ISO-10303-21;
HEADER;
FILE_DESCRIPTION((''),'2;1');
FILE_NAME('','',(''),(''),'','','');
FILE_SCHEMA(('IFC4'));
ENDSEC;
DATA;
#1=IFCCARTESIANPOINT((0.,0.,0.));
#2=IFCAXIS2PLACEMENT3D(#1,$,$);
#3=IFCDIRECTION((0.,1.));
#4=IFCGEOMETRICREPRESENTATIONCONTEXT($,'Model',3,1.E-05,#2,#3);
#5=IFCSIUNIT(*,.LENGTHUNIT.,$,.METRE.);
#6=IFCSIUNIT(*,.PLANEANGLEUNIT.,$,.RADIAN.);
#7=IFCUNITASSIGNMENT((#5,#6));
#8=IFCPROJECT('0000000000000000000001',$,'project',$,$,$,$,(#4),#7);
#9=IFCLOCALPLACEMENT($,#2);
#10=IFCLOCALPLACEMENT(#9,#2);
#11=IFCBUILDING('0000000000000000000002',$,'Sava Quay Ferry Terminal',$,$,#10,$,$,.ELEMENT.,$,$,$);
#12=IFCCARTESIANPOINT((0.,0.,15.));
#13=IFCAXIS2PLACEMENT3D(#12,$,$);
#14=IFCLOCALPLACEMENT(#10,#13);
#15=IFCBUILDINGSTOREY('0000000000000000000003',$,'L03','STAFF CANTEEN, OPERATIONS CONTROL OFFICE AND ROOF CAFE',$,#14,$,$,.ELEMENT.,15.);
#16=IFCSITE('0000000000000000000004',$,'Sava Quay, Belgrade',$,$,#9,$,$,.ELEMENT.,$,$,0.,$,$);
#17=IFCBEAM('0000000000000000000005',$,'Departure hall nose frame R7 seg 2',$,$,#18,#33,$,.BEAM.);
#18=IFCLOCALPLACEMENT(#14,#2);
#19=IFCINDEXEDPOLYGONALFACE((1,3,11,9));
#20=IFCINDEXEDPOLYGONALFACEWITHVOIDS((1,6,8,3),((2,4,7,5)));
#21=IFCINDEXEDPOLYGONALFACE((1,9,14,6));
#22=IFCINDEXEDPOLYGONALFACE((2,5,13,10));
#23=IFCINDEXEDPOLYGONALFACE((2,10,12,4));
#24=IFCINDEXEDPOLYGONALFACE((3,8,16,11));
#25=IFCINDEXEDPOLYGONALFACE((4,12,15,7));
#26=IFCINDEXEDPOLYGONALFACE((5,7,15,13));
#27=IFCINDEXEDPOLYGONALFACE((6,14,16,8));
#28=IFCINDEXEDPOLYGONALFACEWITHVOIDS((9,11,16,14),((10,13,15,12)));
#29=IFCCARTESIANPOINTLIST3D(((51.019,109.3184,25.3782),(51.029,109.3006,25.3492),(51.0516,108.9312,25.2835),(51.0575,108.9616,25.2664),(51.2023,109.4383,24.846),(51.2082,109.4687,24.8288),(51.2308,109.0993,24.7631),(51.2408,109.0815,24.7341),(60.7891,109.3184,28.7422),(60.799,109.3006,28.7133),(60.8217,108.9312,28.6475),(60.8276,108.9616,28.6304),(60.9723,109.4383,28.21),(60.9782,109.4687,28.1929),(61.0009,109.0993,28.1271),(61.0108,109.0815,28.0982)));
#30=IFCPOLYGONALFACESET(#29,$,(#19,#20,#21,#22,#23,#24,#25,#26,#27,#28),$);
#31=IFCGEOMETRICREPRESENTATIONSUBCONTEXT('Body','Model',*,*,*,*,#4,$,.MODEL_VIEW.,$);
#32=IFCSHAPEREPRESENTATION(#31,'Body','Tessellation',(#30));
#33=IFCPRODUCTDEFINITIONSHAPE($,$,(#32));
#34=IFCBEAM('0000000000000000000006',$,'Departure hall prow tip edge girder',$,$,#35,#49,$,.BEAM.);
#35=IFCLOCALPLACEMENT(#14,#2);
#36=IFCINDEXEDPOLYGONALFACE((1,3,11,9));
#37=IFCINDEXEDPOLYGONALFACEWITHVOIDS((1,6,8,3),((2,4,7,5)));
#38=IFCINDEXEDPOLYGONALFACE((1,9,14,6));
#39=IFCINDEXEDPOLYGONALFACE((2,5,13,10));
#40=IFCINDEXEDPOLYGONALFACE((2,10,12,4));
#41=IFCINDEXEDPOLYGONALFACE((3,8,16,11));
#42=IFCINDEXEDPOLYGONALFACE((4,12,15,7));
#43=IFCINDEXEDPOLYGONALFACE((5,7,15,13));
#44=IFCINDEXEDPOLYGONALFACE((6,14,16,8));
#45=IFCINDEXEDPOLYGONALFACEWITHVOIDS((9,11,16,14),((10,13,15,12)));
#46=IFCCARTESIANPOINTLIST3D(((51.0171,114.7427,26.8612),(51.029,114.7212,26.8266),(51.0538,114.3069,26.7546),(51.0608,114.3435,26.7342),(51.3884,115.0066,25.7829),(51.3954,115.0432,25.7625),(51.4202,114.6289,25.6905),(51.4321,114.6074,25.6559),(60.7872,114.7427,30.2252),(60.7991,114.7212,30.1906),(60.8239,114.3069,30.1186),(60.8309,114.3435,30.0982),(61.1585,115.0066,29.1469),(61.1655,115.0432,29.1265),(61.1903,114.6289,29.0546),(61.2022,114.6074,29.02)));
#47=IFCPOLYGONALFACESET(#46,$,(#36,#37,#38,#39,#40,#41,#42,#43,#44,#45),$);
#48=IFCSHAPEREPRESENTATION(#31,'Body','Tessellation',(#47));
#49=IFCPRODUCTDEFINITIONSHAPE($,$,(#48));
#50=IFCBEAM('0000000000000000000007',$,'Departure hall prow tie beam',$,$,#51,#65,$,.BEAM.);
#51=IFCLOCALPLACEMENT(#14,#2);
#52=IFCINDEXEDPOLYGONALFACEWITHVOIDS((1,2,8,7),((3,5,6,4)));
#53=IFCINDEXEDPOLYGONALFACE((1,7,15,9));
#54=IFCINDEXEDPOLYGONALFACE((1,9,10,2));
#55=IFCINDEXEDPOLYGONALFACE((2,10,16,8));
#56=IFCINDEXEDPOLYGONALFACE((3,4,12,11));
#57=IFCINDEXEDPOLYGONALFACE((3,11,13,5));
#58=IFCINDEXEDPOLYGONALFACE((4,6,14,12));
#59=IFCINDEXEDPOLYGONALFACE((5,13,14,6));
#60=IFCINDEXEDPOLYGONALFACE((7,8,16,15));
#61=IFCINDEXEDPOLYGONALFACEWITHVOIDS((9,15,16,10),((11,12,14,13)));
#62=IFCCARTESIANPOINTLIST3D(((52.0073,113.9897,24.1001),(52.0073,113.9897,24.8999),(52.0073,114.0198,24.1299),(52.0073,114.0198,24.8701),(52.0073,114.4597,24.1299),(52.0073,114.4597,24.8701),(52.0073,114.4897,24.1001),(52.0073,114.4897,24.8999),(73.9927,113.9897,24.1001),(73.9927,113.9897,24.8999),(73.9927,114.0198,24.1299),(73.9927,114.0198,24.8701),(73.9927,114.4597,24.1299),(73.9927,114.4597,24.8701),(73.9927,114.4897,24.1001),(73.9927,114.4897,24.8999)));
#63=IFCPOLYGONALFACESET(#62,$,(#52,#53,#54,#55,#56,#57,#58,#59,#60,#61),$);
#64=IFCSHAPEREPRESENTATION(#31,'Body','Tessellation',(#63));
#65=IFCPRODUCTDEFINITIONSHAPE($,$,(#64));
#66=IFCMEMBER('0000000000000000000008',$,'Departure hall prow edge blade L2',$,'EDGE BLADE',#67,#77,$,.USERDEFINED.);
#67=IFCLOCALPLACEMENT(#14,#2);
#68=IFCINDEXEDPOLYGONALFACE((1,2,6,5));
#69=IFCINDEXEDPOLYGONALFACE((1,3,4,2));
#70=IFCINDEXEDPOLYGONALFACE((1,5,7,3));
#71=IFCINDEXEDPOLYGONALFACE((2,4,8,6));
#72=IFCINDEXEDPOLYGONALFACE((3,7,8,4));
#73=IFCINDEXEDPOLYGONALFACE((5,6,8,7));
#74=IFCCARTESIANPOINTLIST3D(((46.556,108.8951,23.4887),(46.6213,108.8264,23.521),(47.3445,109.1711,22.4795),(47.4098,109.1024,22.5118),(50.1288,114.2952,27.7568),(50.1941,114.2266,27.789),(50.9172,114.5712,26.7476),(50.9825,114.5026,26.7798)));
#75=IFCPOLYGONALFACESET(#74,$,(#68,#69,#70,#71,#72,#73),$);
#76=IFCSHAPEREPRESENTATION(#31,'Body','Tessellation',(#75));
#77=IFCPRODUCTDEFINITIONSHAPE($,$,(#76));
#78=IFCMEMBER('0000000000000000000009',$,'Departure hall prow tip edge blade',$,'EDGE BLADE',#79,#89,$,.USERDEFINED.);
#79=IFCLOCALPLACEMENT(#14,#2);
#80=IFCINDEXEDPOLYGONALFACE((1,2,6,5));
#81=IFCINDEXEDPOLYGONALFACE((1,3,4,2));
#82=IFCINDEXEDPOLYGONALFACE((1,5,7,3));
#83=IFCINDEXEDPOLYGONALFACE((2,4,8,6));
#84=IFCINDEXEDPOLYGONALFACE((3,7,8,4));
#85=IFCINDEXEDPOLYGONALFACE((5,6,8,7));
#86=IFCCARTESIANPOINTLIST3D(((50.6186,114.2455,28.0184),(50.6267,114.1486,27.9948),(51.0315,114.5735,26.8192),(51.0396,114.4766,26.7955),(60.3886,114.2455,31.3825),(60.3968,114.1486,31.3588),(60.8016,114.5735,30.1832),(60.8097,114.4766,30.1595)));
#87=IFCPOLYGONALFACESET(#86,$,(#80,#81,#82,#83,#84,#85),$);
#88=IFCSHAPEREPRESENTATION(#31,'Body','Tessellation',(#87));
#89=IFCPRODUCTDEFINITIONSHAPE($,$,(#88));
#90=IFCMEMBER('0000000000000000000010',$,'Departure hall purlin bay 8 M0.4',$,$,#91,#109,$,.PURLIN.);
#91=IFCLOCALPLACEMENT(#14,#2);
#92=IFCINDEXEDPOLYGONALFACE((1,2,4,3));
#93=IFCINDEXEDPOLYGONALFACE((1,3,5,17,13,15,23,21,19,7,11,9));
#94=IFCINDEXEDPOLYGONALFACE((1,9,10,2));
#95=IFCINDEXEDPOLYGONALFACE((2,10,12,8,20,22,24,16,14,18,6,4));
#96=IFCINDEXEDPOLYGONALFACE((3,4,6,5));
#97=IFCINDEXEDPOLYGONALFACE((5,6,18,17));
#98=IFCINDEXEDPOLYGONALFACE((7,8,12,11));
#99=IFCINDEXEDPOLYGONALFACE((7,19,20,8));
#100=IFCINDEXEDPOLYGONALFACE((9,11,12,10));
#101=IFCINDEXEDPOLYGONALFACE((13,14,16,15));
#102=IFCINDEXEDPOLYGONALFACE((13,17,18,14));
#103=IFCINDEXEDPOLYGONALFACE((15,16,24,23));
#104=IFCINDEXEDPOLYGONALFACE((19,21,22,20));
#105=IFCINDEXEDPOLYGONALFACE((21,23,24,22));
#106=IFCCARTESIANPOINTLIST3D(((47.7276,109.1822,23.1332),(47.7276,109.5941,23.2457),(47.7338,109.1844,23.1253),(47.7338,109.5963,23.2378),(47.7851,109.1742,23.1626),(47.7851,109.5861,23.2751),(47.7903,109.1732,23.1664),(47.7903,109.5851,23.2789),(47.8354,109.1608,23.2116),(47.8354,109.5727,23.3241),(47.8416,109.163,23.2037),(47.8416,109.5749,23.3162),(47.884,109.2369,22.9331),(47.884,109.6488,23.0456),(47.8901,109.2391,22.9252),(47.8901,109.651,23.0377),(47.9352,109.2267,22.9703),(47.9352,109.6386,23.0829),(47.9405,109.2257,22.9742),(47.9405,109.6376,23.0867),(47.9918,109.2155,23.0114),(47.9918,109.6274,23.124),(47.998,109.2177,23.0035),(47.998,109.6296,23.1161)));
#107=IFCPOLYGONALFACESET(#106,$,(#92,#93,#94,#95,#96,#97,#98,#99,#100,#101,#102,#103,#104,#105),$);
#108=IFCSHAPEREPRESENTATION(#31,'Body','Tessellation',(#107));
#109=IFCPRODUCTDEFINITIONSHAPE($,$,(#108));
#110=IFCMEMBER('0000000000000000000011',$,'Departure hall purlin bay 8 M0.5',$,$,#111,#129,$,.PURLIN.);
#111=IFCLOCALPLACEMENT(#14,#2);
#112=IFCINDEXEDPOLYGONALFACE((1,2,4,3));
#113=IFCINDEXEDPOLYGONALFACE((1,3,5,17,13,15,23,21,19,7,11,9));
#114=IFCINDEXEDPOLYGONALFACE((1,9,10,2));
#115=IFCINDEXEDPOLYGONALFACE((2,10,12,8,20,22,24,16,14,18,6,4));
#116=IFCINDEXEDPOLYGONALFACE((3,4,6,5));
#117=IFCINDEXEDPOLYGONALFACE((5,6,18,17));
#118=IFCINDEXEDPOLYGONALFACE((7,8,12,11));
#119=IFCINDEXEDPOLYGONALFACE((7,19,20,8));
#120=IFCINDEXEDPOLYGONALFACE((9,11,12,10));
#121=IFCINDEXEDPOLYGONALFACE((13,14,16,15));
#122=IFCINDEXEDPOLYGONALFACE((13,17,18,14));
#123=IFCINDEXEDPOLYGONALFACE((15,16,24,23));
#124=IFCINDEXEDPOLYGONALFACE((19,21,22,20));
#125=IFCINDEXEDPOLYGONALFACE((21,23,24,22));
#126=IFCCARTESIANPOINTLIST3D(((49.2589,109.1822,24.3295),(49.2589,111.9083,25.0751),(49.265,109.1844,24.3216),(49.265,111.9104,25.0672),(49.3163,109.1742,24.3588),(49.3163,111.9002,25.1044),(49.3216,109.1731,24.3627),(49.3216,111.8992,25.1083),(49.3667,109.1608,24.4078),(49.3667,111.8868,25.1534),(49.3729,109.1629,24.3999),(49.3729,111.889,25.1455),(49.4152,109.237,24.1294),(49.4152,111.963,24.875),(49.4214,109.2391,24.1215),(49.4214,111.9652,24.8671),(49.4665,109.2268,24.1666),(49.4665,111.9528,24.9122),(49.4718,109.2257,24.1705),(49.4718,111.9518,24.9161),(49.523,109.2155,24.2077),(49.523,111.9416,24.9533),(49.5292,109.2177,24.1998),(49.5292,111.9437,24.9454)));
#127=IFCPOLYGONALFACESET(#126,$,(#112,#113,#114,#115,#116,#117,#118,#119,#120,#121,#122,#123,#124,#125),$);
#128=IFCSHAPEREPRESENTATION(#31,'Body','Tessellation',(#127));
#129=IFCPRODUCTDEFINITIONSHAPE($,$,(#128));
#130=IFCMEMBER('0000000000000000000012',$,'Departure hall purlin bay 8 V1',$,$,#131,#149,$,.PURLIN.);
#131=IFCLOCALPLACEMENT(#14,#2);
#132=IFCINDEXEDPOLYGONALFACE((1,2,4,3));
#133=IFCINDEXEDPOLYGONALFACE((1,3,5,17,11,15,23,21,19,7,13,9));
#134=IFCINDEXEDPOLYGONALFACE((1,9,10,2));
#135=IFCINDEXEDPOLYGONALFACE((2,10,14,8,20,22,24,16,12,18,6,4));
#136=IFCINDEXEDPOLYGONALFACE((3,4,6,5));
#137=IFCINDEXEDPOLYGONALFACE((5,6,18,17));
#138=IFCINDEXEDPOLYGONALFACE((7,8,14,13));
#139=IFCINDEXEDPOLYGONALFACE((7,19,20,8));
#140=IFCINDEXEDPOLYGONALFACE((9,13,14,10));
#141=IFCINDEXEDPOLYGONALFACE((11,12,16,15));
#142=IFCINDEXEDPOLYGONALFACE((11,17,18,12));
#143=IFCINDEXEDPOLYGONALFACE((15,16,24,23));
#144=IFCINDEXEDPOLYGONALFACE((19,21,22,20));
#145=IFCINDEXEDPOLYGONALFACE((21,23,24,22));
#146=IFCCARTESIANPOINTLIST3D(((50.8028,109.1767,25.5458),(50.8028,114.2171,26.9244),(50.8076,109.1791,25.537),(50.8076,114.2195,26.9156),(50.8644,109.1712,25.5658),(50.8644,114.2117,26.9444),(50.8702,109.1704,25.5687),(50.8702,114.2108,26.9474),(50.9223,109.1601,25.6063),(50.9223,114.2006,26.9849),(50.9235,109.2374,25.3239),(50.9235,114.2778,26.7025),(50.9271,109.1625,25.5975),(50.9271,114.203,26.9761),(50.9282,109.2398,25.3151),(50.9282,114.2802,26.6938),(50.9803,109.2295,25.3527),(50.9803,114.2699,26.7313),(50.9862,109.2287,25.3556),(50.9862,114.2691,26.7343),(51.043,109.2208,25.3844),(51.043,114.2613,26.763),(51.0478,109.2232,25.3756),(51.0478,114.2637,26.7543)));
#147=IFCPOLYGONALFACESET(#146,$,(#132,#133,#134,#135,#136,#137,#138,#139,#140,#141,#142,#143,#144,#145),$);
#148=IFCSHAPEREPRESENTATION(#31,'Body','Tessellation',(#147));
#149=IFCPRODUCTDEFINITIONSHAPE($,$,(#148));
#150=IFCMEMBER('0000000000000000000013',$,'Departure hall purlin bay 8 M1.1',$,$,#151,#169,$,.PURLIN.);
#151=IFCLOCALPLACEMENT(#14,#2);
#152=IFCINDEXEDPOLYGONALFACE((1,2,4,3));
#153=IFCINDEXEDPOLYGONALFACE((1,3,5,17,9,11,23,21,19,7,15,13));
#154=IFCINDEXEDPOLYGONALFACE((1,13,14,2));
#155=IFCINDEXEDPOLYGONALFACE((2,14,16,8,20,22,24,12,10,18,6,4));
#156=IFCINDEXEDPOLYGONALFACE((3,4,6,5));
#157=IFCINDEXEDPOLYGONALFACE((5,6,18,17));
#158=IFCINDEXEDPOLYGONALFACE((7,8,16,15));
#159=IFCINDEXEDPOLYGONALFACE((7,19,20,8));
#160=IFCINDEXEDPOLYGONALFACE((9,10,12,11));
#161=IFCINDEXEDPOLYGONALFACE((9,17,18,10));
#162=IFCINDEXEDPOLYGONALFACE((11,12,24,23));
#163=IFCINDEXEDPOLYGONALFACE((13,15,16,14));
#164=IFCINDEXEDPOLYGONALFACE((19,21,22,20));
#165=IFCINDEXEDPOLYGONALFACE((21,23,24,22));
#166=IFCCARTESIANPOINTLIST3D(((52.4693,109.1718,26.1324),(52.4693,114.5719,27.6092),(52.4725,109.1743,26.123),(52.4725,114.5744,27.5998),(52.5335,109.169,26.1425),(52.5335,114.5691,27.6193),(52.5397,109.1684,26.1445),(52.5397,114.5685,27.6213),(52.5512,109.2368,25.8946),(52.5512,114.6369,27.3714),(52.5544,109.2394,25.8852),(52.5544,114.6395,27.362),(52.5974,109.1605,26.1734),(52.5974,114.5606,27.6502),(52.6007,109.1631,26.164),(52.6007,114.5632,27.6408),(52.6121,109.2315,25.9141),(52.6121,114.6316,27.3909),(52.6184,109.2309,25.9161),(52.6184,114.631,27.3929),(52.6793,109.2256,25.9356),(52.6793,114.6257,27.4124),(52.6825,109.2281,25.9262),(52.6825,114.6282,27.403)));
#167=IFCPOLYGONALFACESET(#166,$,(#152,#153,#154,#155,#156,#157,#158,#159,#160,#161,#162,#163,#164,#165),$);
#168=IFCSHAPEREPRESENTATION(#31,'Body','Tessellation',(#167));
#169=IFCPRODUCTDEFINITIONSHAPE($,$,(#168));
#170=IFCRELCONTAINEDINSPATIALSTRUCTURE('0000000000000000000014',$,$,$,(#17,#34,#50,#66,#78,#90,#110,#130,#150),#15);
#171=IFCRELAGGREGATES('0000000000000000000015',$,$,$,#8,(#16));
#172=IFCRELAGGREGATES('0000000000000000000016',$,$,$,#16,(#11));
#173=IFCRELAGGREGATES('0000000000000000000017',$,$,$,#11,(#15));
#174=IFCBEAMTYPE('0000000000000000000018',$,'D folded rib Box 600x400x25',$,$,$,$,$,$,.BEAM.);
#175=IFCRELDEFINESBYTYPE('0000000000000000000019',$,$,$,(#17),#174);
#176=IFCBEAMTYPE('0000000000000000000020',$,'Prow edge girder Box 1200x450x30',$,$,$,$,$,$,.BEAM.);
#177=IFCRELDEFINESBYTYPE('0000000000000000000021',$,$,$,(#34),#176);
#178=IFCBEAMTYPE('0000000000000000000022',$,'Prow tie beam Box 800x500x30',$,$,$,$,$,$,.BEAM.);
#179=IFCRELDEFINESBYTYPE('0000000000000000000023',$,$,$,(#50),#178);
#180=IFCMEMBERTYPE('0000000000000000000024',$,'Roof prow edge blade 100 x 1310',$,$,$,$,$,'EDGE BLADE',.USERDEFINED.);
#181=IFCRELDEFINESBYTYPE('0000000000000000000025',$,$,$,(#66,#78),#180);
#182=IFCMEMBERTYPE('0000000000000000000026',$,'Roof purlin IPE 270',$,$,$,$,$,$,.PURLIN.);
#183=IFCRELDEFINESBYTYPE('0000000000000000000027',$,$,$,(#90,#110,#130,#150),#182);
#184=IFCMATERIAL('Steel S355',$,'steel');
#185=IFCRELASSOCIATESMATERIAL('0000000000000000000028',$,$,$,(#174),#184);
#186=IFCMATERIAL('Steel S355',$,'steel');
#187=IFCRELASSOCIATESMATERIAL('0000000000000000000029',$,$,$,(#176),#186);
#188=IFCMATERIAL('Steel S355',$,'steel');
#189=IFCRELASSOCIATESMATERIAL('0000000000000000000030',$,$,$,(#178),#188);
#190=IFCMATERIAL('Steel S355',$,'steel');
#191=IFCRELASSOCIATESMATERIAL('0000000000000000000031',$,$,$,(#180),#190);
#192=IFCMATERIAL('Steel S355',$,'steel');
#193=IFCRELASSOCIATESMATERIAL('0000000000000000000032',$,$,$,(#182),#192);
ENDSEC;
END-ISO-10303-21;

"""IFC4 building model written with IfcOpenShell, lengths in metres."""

from ifc_helpers import new_model, si_unit, direction, frame, origin, origin_2d, place, context, subcontext, project, spatial, polyline, rectangle, i_section, outline, extrude, material, material_profile, profile_set, type_object, element, save


model = new_model("IFC4")

# Units and contexts
model_context = context("Model", 3, precision=1e-05, world=origin(), true_north=direction((0.0, 1.0)))
body_context = subcontext(model_context, "Body", "Model", "MODEL_VIEW")
ifc_project = project(units=[si_unit("LENGTHUNIT", "METRE"), si_unit("PLANEANGLEUNIT", "RADIAN")], contexts=[model_context])

# Site, building, storey
site_placement = place(None, origin())
site = spatial("IfcSite", under=ifc_project, at=site_placement, Name="Sava Quay, Belgrade", CompositionType="ELEMENT", RefElevation=0.0)
building_placement = place(site_placement, origin())
building = spatial("IfcBuilding", under=site, at=building_placement, Name="Sava Quay Ferry Terminal", CompositionType="ELEMENT")
storey_placement = place(building_placement, frame((0.0, 0.0, 15.0)))
storey = spatial("IfcBuildingStorey", under=building, at=storey_placement, Name="L03", Description="STAFF CANTEEN, OPERATIONS CONTROL OFFICE AND ROOF CAFE", CompositionType="ELEMENT", Elevation=15.0)

# Beams
ifc_material_1 = material(Name="Steel S355", Category="steel")
ifc_material_profile_1 = material_profile(ifc_material_1, outline(polyline([(-0.2, -0.3), (0.2, -0.3), (0.2, 0.3), (-0.2, 0.3), (-0.2, -0.3)]), holes=[polyline([(-0.175, -0.2749), (-0.175, 0.2749), (0.175, 0.2749), (0.175, -0.2749), (-0.175, -0.2749)])]), Name="Box 600x400x25 built-up")
ifc_profile_set_1 = profile_set([ifc_material_profile_1], Name="Steel S355")
beam_type_1 = type_object("IfcBeamType", Name="D folded rib Box 600x400x25", PredefinedType="BEAM", material=ifc_profile_set_1)
beam_1_placement = place(storey_placement, frame((51.1299, 109.2, 25.0562), z_axis=(0.945521, 0.0, 0.325562), x_axis=(-0.081521, 0.968142, 0.23676)))
element("IfcBeam", 1, at=beam_1_placement, inside=storey, type_object=beam_type_1, Name="Departure hall nose frame R7 seg 2", PredefinedType="BEAM", context=body_context, shape_type="SweptSolid", body=[
    extrude(outline(polyline([(-0.2, -0.3), (0.2, -0.3), (0.2, 0.3), (-0.2, 0.3), (-0.2, -0.3)]), holes=[polyline([(-0.175, -0.2749), (-0.175, 0.2749), (0.175, 0.2749), (0.175, -0.2749), (-0.175, -0.2749)])]), origin(), (0.0, 0.0, 1.0), 10.333),
])
ifc_material_2 = material(Name="Steel S355", Category="steel")
ifc_material_profile_2 = material_profile(ifc_material_2, outline(polyline([(-0.2251, -0.6001), (0.2251, -0.6001), (0.2251, 0.6001), (-0.2251, 0.6001), (-0.2251, -0.6001)]), holes=[polyline([(-0.1951, -0.5701), (-0.1951, 0.5701), (0.1951, 0.5701), (0.1951, -0.5701), (-0.1951, -0.5701)])]), Name="Box 1200x450x30 built-up")
ifc_profile_set_2 = profile_set([ifc_material_profile_2], Name="Steel S355")
beam_type_2 = type_object("IfcBeamType", Name="Prow edge girder Box 1200x450x30", PredefinedType="BEAM", material=ifc_profile_set_2)
beam_2_placement = place(storey_placement, frame((51.2246, 114.675, 26.2585), z_axis=(0.945521, 0.0, 0.325562), x_axis=(-0.081514, 0.968148, 0.236739)))
element("IfcBeam", 2, at=beam_2_placement, inside=storey, type_object=beam_type_2, Name="Departure hall prow tip edge girder", PredefinedType="BEAM", context=body_context, shape_type="SweptSolid", body=[
    extrude(outline(polyline([(-0.2251, -0.6001), (0.2251, -0.6001), (0.2251, 0.6001), (-0.2251, 0.6001), (-0.2251, -0.6001)]), holes=[polyline([(-0.1951, -0.5701), (-0.1951, 0.5701), (0.1951, 0.5701), (0.1951, -0.5701), (-0.1951, -0.5701)])]), origin(), (0.0, 0.0, 1.0), 10.333),
])
ifc_material_3 = material(Name="Steel S355", Category="steel")
ifc_material_profile_3 = material_profile(ifc_material_3, outline(polyline([(-0.25, -0.3999), (0.25, -0.3999), (0.25, 0.3999), (-0.25, 0.3999), (-0.25, -0.3999)]), holes=[polyline([(-0.22, -0.3701), (-0.22, 0.3701), (0.22, 0.3701), (0.22, -0.3701), (-0.22, -0.3701)])]), Name="Box 800x500x30 built-up")
ifc_profile_set_3 = profile_set([ifc_material_profile_3], Name="Steel S355")
beam_type_3 = type_object("IfcBeamType", Name="Prow tie beam Box 800x500x30", PredefinedType="BEAM", material=ifc_profile_set_3)
beam_3_placement = place(storey_placement, frame((52.0073, 114.2397, 24.5), z_axis=(1.0, 0.0, 0.0), x_axis=(0.0, 1.0, 0.0)))
element("IfcBeam", 3, at=beam_3_placement, inside=storey, type_object=beam_type_3, Name="Departure hall prow tie beam", PredefinedType="BEAM", context=body_context, shape_type="SweptSolid", body=[
    extrude(outline(polyline([(-0.25, -0.3999), (0.25, -0.3999), (0.25, 0.3999), (-0.25, 0.3999), (-0.25, -0.3999)]), holes=[polyline([(-0.22, -0.3701), (-0.22, 0.3701), (0.22, 0.3701), (0.22, -0.3701), (-0.22, -0.3701)])]), origin(), (0.0, 0.0, 1.0), 21.9854),
])

# Members
ifc_material_4 = material(Name="Steel S355", Category="steel")
ifc_material_profile_4 = material_profile(ifc_material_4, rectangle(XDim=0.1001, YDim=1.3101, at=origin_2d()), Name="Blade 100 x 1310")
ifc_profile_set_4 = profile_set([ifc_material_profile_4], Name="Steel S355")
member_type_1 = type_object("IfcMemberType", Name="Roof prow edge blade 100 x 1310", ElementType="EDGE BLADE", PredefinedType="USERDEFINED", material=ifc_profile_set_4)
member_1_placement = place(storey_placement, frame((46.9829, 108.9988, 23.0002), z_axis=(0.460694, 0.696329, 0.550352), x_axis=(-0.652352, 0.686107, -0.322015)))
element("IfcMember", 4, at=member_1_placement, inside=storey, type_object=member_type_1, Name="Departure hall prow edge blade L2", ObjectType="EDGE BLADE", PredefinedType="USERDEFINED", context=body_context, shape_type="SweptSolid", body=[
    extrude(rectangle(XDim=0.1001, YDim=1.3101, at=origin_2d()), origin(), (0.0, 0.0, 1.0), 7.7551),
])
member_2_placement = place(storey_placement, frame((50.8291, 114.3611, 27.407), z_axis=(0.945521, 0.0, 0.325562), x_axis=(-0.081514, 0.968148, 0.236739)))
element("IfcMember", 5, at=member_2_placement, inside=storey, type_object=member_type_1, Name="Departure hall prow tip edge blade", ObjectType="EDGE BLADE", PredefinedType="USERDEFINED", context=body_context, shape_type="SweptSolid", body=[
    extrude(rectangle(XDim=0.1001, YDim=1.3101, at=origin_2d()), origin(), (0.0, 0.0, 1.0), 10.333),
])
ifc_material_5 = material(Name="Steel S355", Category="steel")
ifc_material_profile_5 = material_profile(ifc_material_5, i_section(OverallWidth=0.135, OverallDepth=0.27, WebThickness=0.0066, FlangeThickness=0.0103, at=origin_2d()), Name="IPE 270")
ifc_profile_set_5 = profile_set([ifc_material_profile_5], Name="Steel S355")
member_type_2 = type_object("IfcMemberType", Name="Roof purlin IPE 270", PredefinedType="PURLIN", material=ifc_profile_set_5)
member_3_placement = place(storey_placement, frame((47.8628, 109.2, 23.0684), z_axis=(0.0, 0.964632, 0.263601), x_axis=(-0.798616, 0.158646, -0.580555)))
element("IfcMember", 6, at=member_3_placement, inside=storey, type_object=member_type_2, Name="Departure hall purlin bay 8 M0.4", PredefinedType="PURLIN", context=body_context, shape_type="SweptSolid", body=[
    extrude(i_section(OverallWidth=0.135, OverallDepth=0.27, WebThickness=0.0066, FlangeThickness=0.0103, at=origin_2d()), origin(), (0.0, 0.0, 1.0), 0.427),
])
member_4_placement = place(storey_placement, frame((49.394, 109.2, 24.2646), z_axis=(0.0, 0.964572, 0.263819), x_axis=(-0.798616, 0.158777, -0.580519)))
element("IfcMember", 7, at=member_4_placement, inside=storey, type_object=member_type_2, Name="Departure hall purlin bay 8 M0.5", PredefinedType="PURLIN", context=body_context, shape_type="SweptSolid", body=[
    extrude(i_section(OverallWidth=0.135, OverallDepth=0.27, WebThickness=0.0066, FlangeThickness=0.0103, at=origin_2d()), origin(), (0.0, 0.0, 1.0), 2.8262),
])
member_5_placement = place(storey_placement, frame((50.9253, 109.2, 25.4607), z_axis=(0.0, 0.964571, 0.263825), x_axis=(-0.885497, 0.122585, -0.448184)))
element("IfcMember", 8, at=member_5_placement, inside=storey, type_object=member_type_2, Name="Departure hall purlin bay 8 V1", PredefinedType="PURLIN", context=body_context, shape_type="SweptSolid", body=[
    extrude(i_section(OverallWidth=0.135, OverallDepth=0.27, WebThickness=0.0066, FlangeThickness=0.0103, at=origin_2d()), origin(), (0.0, 0.0, 1.0), 5.2256),
])
for number, where, z_axis, x_axis, name in (
    (9, (52.5759, 109.2, 26.0293), (0.0, 0.96458, 0.263789), (-0.949026, 0.083146, -0.304034), "Departure hall purlin bay 8 M1.1"),
):
    element("IfcMember", number, at=place(storey_placement, frame(where, z_axis=z_axis, x_axis=x_axis)), inside=storey, type_object=member_type_2, Name=name, PredefinedType="PURLIN", context=body_context, shape_type="SweptSolid", body=[
        extrude(i_section(OverallWidth=0.135, OverallDepth=0.27, WebThickness=0.0066, FlangeThickness=0.0103, at=origin_2d()), origin(), (0.0, 0.0, 1.0), 5.5984),
    ])

save(model, "model.ifc")
